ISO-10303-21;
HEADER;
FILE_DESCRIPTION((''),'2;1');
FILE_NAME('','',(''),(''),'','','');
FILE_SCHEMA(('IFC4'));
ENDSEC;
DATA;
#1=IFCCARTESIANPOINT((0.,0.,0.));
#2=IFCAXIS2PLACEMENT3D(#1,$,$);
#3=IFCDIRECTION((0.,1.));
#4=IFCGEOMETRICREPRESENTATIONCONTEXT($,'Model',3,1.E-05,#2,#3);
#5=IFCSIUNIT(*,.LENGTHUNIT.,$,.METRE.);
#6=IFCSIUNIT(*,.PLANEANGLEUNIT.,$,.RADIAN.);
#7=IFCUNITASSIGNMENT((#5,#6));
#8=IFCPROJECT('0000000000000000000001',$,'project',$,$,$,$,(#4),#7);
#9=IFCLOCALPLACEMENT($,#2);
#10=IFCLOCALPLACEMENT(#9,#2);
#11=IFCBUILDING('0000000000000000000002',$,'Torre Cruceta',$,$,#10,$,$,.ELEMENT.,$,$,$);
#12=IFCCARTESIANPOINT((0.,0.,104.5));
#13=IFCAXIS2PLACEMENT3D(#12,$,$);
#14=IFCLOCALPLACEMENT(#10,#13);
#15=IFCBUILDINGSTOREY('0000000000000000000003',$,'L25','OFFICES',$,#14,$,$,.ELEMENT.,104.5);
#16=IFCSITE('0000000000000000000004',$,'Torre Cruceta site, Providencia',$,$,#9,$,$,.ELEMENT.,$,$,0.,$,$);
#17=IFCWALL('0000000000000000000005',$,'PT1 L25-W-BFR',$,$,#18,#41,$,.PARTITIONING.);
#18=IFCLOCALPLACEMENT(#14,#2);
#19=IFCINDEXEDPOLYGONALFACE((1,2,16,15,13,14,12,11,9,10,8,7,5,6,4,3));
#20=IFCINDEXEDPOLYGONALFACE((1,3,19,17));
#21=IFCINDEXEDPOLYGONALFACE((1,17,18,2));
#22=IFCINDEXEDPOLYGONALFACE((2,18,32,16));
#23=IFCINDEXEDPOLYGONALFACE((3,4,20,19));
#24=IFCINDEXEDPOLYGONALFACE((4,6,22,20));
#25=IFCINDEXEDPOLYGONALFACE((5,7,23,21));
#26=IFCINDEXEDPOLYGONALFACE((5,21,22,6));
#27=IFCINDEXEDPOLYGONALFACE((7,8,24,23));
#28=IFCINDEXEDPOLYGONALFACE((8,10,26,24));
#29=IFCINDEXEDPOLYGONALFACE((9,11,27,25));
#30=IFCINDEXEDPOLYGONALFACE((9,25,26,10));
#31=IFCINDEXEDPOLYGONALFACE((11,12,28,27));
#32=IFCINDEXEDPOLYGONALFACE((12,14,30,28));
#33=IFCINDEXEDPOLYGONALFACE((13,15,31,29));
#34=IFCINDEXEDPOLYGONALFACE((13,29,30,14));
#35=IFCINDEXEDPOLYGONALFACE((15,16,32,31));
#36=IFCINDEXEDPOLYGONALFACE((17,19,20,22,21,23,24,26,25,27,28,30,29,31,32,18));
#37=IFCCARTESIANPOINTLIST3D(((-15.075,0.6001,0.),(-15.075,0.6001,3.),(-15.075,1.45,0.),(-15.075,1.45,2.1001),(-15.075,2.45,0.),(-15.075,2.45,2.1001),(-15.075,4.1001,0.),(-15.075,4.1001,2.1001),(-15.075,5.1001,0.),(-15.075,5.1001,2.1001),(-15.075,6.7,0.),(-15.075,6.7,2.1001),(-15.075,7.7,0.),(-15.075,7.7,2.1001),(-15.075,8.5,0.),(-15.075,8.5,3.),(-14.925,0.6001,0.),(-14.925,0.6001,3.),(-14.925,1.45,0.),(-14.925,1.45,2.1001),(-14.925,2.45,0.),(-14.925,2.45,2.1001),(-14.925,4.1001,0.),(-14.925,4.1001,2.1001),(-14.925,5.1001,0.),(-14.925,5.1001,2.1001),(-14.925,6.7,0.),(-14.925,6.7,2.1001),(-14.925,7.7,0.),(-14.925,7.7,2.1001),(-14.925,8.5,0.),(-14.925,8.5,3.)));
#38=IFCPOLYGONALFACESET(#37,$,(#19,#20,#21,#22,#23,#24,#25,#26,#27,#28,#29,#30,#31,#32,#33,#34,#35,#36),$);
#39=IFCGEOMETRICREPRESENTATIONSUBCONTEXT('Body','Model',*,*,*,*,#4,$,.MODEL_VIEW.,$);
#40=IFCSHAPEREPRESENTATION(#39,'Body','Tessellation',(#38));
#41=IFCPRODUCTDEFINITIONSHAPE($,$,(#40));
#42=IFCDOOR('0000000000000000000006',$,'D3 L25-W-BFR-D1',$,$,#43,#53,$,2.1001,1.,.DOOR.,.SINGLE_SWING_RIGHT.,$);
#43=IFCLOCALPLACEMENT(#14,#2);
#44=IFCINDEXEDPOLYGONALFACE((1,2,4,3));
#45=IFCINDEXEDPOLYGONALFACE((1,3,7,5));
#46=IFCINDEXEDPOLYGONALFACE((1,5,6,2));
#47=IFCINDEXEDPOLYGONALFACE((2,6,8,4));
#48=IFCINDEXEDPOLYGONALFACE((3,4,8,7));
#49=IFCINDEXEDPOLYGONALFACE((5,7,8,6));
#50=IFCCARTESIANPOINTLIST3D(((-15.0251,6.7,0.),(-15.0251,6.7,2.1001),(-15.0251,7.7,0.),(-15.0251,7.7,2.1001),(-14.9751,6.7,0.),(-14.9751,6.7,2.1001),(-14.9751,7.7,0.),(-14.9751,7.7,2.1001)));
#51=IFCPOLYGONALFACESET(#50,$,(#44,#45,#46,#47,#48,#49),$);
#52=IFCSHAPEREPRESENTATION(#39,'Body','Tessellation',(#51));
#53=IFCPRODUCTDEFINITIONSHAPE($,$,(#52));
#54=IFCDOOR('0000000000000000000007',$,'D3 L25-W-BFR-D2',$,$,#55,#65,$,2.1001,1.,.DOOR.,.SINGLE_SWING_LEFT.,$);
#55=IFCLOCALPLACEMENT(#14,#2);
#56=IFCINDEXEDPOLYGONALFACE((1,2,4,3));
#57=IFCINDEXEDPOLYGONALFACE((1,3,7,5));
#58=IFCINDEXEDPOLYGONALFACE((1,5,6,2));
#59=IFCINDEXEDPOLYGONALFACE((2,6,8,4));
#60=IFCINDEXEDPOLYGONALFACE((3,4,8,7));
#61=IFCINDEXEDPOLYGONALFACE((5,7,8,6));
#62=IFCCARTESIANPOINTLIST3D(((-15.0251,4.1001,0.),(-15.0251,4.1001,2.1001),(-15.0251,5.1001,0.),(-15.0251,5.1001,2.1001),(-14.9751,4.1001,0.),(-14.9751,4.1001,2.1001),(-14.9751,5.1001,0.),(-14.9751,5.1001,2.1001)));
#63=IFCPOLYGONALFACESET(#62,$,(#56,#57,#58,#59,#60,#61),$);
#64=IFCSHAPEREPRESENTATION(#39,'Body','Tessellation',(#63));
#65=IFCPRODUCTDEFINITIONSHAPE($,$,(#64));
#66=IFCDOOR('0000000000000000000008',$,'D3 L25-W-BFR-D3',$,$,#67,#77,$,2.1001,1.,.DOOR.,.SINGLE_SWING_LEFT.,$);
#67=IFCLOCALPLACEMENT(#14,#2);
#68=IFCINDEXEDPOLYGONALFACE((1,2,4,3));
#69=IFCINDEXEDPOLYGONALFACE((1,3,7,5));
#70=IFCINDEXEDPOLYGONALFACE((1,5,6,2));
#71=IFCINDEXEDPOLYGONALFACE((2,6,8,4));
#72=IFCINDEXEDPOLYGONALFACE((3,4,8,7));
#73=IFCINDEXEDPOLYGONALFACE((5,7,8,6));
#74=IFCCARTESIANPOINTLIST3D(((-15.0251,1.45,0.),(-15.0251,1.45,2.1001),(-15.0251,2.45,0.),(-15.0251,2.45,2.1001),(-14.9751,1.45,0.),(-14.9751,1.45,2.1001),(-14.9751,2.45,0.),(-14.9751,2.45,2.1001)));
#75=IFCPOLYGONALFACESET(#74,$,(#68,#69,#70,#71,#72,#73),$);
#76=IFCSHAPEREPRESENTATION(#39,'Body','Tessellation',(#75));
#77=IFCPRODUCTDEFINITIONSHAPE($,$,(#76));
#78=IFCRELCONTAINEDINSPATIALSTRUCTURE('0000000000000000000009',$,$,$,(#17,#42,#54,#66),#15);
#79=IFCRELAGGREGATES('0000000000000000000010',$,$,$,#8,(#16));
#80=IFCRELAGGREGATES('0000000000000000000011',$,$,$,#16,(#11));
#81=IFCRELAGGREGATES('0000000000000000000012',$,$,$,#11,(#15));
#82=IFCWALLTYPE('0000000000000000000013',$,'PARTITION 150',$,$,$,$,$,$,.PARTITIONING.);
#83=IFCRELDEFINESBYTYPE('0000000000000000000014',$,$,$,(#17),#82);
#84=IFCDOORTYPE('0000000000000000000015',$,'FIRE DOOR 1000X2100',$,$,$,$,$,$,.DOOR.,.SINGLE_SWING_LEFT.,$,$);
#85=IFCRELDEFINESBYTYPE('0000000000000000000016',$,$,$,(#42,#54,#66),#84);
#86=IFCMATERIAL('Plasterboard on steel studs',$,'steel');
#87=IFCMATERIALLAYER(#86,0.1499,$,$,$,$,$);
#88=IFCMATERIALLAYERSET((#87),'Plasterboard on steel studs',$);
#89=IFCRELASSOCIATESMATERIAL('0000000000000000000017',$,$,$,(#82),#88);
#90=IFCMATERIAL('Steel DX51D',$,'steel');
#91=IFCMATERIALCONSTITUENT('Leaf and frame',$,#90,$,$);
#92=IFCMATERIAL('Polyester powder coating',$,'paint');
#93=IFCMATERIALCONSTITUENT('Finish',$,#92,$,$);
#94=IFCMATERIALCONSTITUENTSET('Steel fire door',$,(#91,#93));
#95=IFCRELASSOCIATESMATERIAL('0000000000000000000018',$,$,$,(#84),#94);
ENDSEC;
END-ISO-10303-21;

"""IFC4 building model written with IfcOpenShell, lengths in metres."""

from ifc_helpers import new_model, si_unit, direction, frame, frame_2d, origin, place, context, subcontext, project, spatial, rectangle, extrude, material, layer, layer_set, constituent, constituent_set, type_object, element, fill, save


model = new_model("IFC4")

# Units and contexts
model_context = context("Model", 3, precision=1e-05, world=origin(), true_north=direction((0.0, 1.0)))
body_context = subcontext(model_context, "Body", "Model", "MODEL_VIEW")
ifc_project = project(units=[si_unit("LENGTHUNIT", "METRE"), si_unit("PLANEANGLEUNIT", "RADIAN")], contexts=[model_context])

# Site, building, storey
site_placement = place(None, origin())
site = spatial("IfcSite", under=ifc_project, at=site_placement, Name="Torre Cruceta site, Providencia", CompositionType="ELEMENT", RefElevation=0.0)
building_placement = place(site_placement, origin())
building = spatial("IfcBuilding", under=site, at=building_placement, Name="Torre Cruceta", CompositionType="ELEMENT")
storey_placement = place(building_placement, frame((0.0, 0.0, 104.5)))
storey = spatial("IfcBuildingStorey", under=building, at=storey_placement, Name="L25", Description="OFFICES", CompositionType="ELEMENT", Elevation=104.5)

# Wall, openings, doors
ifc_material_1 = material(Name="Plasterboard on steel studs", Category="steel")
ifc_layer_1 = layer(ifc_material_1, 0.1499)
ifc_layer_set_1 = layer_set([ifc_layer_1], Name="Plasterboard on steel studs")
wall_type = type_object("IfcWallType", Name="PARTITION 150", PredefinedType="PARTITIONING", material=ifc_layer_set_1)
ifc_material_2 = material(Name="Steel DX51D", Category="steel")
ifc_constituent_1 = constituent(ifc_material_2, Name="Leaf and frame")
ifc_material_3 = material(Name="Polyester powder coating", Category="paint")
ifc_constituent_2 = constituent(ifc_material_3, Name="Finish")
ifc_constituent_set = constituent_set(constituents=[ifc_constituent_1, ifc_constituent_2], Name="Steel fire door")
door_type = type_object("IfcDoorType", Name="FIRE DOOR 1000X2100", OperationType="SINGLE_SWING_LEFT", PredefinedType="DOOR", material=ifc_constituent_set)
wall_1_placement = place(storey_placement, frame((-15.0, 8.5, 0.0), z_axis=(0.0, 0.0, 1.0), x_axis=(0.0, -1.0, 0.0)))
wall_1 = element("IfcWall", 1, at=wall_1_placement, inside=storey, type_object=wall_type, Name="PT1 L25-W-BFR", PredefinedType="PARTITIONING", context=body_context, shape_type="SweptSolid", body=[
    extrude(rectangle(XDim=7.8999, YDim=0.1499, at=frame_2d((3.95, 0.0))), origin(), (0.0, 0.0, 1.0), 3.0),
])
opening_1_placement = place(wall_1_placement, frame((0.8, 0.0, 0.0)))
opening_1 = element("IfcOpeningElement", 2, at=opening_1_placement, cuts=wall_1, PredefinedType="OPENING", context=body_context, shape_type="SweptSolid", body=[
    extrude(rectangle(XDim=1.0, YDim=2.1001, at=frame_2d((0.5, 1.05))), frame((0.0, 0.085, 0.0), z_axis=(0.0, -1.0, 0.0), x_axis=(1.0, 0.0, 0.0)), (0.0, 0.0, 1.0), 0.1699),
])
opening_2_placement = place(wall_1_placement, frame((3.3999, 0.0, 0.0)))
opening_2 = element("IfcOpeningElement", 3, at=opening_2_placement, cuts=wall_1, PredefinedType="OPENING", context=body_context, shape_type="SweptSolid", body=[
    extrude(rectangle(XDim=1.0, YDim=2.1001, at=frame_2d((0.5, 1.05))), frame((0.0, 0.085, 0.0), z_axis=(0.0, -1.0, 0.0), x_axis=(1.0, 0.0, 0.0)), (0.0, 0.0, 1.0), 0.1699),
])
opening_3_placement = place(wall_1_placement, frame((6.05, 0.0, 0.0)))
opening_3 = element("IfcOpeningElement", 4, at=opening_3_placement, cuts=wall_1, PredefinedType="OPENING", context=body_context, shape_type="SweptSolid", body=[
    extrude(rectangle(XDim=1.0, YDim=2.1001, at=frame_2d((0.5, 1.05))), frame((0.0, 0.085, 0.0), z_axis=(0.0, -1.0, 0.0), x_axis=(1.0, 0.0, 0.0)), (0.0, 0.0, 1.0), 0.1699),
])
door_1_placement = place(opening_1_placement, origin())
door_1 = element("IfcDoor", 5, at=door_1_placement, inside=storey, type_object=door_type, Name="D3 L25-W-BFR-D1", OperationType="SINGLE_SWING_RIGHT", OverallHeight=2.1001, OverallWidth=1.0, PredefinedType="DOOR", context=body_context, shape_type="SweptSolid", body=[
    extrude(rectangle(XDim=1.0, YDim=2.1001, at=frame_2d((0.5, 1.05))), frame((0.0, 0.0249, 0.0), z_axis=(0.0, -1.0, 0.0), x_axis=(1.0, 0.0, 0.0)), (0.0, 0.0, 1.0), 0.05),
])
fill(opening_1, door_1)
door_2_placement = place(opening_2_placement, origin())
door_2 = element("IfcDoor", 6, at=door_2_placement, inside=storey, type_object=door_type, Name="D3 L25-W-BFR-D2", OperationType="SINGLE_SWING_LEFT", OverallHeight=2.1001, OverallWidth=1.0, PredefinedType="DOOR", context=body_context, shape_type="SweptSolid", body=[
    extrude(rectangle(XDim=1.0, YDim=2.1001, at=frame_2d((0.5, 1.05))), frame((0.0, 0.0249, 0.0), z_axis=(0.0, -1.0, 0.0), x_axis=(1.0, 0.0, 0.0)), (0.0, 0.0, 1.0), 0.05),
])
fill(opening_2, door_2)
door_3_placement = place(opening_3_placement, origin())
door_3 = element("IfcDoor", 7, at=door_3_placement, inside=storey, type_object=door_type, Name="D3 L25-W-BFR-D3", OperationType="SINGLE_SWING_LEFT", OverallHeight=2.1001, OverallWidth=1.0, PredefinedType="DOOR", context=body_context, shape_type="SweptSolid", body=[
    extrude(rectangle(XDim=1.0, YDim=2.1001, at=frame_2d((0.5, 1.05))), frame((0.0, 0.0249, 0.0), z_axis=(0.0, -1.0, 0.0), x_axis=(1.0, 0.0, 0.0)), (0.0, 0.0, 1.0), 0.05),
])
fill(opening_3, door_3)

save(model, "model.ifc")
